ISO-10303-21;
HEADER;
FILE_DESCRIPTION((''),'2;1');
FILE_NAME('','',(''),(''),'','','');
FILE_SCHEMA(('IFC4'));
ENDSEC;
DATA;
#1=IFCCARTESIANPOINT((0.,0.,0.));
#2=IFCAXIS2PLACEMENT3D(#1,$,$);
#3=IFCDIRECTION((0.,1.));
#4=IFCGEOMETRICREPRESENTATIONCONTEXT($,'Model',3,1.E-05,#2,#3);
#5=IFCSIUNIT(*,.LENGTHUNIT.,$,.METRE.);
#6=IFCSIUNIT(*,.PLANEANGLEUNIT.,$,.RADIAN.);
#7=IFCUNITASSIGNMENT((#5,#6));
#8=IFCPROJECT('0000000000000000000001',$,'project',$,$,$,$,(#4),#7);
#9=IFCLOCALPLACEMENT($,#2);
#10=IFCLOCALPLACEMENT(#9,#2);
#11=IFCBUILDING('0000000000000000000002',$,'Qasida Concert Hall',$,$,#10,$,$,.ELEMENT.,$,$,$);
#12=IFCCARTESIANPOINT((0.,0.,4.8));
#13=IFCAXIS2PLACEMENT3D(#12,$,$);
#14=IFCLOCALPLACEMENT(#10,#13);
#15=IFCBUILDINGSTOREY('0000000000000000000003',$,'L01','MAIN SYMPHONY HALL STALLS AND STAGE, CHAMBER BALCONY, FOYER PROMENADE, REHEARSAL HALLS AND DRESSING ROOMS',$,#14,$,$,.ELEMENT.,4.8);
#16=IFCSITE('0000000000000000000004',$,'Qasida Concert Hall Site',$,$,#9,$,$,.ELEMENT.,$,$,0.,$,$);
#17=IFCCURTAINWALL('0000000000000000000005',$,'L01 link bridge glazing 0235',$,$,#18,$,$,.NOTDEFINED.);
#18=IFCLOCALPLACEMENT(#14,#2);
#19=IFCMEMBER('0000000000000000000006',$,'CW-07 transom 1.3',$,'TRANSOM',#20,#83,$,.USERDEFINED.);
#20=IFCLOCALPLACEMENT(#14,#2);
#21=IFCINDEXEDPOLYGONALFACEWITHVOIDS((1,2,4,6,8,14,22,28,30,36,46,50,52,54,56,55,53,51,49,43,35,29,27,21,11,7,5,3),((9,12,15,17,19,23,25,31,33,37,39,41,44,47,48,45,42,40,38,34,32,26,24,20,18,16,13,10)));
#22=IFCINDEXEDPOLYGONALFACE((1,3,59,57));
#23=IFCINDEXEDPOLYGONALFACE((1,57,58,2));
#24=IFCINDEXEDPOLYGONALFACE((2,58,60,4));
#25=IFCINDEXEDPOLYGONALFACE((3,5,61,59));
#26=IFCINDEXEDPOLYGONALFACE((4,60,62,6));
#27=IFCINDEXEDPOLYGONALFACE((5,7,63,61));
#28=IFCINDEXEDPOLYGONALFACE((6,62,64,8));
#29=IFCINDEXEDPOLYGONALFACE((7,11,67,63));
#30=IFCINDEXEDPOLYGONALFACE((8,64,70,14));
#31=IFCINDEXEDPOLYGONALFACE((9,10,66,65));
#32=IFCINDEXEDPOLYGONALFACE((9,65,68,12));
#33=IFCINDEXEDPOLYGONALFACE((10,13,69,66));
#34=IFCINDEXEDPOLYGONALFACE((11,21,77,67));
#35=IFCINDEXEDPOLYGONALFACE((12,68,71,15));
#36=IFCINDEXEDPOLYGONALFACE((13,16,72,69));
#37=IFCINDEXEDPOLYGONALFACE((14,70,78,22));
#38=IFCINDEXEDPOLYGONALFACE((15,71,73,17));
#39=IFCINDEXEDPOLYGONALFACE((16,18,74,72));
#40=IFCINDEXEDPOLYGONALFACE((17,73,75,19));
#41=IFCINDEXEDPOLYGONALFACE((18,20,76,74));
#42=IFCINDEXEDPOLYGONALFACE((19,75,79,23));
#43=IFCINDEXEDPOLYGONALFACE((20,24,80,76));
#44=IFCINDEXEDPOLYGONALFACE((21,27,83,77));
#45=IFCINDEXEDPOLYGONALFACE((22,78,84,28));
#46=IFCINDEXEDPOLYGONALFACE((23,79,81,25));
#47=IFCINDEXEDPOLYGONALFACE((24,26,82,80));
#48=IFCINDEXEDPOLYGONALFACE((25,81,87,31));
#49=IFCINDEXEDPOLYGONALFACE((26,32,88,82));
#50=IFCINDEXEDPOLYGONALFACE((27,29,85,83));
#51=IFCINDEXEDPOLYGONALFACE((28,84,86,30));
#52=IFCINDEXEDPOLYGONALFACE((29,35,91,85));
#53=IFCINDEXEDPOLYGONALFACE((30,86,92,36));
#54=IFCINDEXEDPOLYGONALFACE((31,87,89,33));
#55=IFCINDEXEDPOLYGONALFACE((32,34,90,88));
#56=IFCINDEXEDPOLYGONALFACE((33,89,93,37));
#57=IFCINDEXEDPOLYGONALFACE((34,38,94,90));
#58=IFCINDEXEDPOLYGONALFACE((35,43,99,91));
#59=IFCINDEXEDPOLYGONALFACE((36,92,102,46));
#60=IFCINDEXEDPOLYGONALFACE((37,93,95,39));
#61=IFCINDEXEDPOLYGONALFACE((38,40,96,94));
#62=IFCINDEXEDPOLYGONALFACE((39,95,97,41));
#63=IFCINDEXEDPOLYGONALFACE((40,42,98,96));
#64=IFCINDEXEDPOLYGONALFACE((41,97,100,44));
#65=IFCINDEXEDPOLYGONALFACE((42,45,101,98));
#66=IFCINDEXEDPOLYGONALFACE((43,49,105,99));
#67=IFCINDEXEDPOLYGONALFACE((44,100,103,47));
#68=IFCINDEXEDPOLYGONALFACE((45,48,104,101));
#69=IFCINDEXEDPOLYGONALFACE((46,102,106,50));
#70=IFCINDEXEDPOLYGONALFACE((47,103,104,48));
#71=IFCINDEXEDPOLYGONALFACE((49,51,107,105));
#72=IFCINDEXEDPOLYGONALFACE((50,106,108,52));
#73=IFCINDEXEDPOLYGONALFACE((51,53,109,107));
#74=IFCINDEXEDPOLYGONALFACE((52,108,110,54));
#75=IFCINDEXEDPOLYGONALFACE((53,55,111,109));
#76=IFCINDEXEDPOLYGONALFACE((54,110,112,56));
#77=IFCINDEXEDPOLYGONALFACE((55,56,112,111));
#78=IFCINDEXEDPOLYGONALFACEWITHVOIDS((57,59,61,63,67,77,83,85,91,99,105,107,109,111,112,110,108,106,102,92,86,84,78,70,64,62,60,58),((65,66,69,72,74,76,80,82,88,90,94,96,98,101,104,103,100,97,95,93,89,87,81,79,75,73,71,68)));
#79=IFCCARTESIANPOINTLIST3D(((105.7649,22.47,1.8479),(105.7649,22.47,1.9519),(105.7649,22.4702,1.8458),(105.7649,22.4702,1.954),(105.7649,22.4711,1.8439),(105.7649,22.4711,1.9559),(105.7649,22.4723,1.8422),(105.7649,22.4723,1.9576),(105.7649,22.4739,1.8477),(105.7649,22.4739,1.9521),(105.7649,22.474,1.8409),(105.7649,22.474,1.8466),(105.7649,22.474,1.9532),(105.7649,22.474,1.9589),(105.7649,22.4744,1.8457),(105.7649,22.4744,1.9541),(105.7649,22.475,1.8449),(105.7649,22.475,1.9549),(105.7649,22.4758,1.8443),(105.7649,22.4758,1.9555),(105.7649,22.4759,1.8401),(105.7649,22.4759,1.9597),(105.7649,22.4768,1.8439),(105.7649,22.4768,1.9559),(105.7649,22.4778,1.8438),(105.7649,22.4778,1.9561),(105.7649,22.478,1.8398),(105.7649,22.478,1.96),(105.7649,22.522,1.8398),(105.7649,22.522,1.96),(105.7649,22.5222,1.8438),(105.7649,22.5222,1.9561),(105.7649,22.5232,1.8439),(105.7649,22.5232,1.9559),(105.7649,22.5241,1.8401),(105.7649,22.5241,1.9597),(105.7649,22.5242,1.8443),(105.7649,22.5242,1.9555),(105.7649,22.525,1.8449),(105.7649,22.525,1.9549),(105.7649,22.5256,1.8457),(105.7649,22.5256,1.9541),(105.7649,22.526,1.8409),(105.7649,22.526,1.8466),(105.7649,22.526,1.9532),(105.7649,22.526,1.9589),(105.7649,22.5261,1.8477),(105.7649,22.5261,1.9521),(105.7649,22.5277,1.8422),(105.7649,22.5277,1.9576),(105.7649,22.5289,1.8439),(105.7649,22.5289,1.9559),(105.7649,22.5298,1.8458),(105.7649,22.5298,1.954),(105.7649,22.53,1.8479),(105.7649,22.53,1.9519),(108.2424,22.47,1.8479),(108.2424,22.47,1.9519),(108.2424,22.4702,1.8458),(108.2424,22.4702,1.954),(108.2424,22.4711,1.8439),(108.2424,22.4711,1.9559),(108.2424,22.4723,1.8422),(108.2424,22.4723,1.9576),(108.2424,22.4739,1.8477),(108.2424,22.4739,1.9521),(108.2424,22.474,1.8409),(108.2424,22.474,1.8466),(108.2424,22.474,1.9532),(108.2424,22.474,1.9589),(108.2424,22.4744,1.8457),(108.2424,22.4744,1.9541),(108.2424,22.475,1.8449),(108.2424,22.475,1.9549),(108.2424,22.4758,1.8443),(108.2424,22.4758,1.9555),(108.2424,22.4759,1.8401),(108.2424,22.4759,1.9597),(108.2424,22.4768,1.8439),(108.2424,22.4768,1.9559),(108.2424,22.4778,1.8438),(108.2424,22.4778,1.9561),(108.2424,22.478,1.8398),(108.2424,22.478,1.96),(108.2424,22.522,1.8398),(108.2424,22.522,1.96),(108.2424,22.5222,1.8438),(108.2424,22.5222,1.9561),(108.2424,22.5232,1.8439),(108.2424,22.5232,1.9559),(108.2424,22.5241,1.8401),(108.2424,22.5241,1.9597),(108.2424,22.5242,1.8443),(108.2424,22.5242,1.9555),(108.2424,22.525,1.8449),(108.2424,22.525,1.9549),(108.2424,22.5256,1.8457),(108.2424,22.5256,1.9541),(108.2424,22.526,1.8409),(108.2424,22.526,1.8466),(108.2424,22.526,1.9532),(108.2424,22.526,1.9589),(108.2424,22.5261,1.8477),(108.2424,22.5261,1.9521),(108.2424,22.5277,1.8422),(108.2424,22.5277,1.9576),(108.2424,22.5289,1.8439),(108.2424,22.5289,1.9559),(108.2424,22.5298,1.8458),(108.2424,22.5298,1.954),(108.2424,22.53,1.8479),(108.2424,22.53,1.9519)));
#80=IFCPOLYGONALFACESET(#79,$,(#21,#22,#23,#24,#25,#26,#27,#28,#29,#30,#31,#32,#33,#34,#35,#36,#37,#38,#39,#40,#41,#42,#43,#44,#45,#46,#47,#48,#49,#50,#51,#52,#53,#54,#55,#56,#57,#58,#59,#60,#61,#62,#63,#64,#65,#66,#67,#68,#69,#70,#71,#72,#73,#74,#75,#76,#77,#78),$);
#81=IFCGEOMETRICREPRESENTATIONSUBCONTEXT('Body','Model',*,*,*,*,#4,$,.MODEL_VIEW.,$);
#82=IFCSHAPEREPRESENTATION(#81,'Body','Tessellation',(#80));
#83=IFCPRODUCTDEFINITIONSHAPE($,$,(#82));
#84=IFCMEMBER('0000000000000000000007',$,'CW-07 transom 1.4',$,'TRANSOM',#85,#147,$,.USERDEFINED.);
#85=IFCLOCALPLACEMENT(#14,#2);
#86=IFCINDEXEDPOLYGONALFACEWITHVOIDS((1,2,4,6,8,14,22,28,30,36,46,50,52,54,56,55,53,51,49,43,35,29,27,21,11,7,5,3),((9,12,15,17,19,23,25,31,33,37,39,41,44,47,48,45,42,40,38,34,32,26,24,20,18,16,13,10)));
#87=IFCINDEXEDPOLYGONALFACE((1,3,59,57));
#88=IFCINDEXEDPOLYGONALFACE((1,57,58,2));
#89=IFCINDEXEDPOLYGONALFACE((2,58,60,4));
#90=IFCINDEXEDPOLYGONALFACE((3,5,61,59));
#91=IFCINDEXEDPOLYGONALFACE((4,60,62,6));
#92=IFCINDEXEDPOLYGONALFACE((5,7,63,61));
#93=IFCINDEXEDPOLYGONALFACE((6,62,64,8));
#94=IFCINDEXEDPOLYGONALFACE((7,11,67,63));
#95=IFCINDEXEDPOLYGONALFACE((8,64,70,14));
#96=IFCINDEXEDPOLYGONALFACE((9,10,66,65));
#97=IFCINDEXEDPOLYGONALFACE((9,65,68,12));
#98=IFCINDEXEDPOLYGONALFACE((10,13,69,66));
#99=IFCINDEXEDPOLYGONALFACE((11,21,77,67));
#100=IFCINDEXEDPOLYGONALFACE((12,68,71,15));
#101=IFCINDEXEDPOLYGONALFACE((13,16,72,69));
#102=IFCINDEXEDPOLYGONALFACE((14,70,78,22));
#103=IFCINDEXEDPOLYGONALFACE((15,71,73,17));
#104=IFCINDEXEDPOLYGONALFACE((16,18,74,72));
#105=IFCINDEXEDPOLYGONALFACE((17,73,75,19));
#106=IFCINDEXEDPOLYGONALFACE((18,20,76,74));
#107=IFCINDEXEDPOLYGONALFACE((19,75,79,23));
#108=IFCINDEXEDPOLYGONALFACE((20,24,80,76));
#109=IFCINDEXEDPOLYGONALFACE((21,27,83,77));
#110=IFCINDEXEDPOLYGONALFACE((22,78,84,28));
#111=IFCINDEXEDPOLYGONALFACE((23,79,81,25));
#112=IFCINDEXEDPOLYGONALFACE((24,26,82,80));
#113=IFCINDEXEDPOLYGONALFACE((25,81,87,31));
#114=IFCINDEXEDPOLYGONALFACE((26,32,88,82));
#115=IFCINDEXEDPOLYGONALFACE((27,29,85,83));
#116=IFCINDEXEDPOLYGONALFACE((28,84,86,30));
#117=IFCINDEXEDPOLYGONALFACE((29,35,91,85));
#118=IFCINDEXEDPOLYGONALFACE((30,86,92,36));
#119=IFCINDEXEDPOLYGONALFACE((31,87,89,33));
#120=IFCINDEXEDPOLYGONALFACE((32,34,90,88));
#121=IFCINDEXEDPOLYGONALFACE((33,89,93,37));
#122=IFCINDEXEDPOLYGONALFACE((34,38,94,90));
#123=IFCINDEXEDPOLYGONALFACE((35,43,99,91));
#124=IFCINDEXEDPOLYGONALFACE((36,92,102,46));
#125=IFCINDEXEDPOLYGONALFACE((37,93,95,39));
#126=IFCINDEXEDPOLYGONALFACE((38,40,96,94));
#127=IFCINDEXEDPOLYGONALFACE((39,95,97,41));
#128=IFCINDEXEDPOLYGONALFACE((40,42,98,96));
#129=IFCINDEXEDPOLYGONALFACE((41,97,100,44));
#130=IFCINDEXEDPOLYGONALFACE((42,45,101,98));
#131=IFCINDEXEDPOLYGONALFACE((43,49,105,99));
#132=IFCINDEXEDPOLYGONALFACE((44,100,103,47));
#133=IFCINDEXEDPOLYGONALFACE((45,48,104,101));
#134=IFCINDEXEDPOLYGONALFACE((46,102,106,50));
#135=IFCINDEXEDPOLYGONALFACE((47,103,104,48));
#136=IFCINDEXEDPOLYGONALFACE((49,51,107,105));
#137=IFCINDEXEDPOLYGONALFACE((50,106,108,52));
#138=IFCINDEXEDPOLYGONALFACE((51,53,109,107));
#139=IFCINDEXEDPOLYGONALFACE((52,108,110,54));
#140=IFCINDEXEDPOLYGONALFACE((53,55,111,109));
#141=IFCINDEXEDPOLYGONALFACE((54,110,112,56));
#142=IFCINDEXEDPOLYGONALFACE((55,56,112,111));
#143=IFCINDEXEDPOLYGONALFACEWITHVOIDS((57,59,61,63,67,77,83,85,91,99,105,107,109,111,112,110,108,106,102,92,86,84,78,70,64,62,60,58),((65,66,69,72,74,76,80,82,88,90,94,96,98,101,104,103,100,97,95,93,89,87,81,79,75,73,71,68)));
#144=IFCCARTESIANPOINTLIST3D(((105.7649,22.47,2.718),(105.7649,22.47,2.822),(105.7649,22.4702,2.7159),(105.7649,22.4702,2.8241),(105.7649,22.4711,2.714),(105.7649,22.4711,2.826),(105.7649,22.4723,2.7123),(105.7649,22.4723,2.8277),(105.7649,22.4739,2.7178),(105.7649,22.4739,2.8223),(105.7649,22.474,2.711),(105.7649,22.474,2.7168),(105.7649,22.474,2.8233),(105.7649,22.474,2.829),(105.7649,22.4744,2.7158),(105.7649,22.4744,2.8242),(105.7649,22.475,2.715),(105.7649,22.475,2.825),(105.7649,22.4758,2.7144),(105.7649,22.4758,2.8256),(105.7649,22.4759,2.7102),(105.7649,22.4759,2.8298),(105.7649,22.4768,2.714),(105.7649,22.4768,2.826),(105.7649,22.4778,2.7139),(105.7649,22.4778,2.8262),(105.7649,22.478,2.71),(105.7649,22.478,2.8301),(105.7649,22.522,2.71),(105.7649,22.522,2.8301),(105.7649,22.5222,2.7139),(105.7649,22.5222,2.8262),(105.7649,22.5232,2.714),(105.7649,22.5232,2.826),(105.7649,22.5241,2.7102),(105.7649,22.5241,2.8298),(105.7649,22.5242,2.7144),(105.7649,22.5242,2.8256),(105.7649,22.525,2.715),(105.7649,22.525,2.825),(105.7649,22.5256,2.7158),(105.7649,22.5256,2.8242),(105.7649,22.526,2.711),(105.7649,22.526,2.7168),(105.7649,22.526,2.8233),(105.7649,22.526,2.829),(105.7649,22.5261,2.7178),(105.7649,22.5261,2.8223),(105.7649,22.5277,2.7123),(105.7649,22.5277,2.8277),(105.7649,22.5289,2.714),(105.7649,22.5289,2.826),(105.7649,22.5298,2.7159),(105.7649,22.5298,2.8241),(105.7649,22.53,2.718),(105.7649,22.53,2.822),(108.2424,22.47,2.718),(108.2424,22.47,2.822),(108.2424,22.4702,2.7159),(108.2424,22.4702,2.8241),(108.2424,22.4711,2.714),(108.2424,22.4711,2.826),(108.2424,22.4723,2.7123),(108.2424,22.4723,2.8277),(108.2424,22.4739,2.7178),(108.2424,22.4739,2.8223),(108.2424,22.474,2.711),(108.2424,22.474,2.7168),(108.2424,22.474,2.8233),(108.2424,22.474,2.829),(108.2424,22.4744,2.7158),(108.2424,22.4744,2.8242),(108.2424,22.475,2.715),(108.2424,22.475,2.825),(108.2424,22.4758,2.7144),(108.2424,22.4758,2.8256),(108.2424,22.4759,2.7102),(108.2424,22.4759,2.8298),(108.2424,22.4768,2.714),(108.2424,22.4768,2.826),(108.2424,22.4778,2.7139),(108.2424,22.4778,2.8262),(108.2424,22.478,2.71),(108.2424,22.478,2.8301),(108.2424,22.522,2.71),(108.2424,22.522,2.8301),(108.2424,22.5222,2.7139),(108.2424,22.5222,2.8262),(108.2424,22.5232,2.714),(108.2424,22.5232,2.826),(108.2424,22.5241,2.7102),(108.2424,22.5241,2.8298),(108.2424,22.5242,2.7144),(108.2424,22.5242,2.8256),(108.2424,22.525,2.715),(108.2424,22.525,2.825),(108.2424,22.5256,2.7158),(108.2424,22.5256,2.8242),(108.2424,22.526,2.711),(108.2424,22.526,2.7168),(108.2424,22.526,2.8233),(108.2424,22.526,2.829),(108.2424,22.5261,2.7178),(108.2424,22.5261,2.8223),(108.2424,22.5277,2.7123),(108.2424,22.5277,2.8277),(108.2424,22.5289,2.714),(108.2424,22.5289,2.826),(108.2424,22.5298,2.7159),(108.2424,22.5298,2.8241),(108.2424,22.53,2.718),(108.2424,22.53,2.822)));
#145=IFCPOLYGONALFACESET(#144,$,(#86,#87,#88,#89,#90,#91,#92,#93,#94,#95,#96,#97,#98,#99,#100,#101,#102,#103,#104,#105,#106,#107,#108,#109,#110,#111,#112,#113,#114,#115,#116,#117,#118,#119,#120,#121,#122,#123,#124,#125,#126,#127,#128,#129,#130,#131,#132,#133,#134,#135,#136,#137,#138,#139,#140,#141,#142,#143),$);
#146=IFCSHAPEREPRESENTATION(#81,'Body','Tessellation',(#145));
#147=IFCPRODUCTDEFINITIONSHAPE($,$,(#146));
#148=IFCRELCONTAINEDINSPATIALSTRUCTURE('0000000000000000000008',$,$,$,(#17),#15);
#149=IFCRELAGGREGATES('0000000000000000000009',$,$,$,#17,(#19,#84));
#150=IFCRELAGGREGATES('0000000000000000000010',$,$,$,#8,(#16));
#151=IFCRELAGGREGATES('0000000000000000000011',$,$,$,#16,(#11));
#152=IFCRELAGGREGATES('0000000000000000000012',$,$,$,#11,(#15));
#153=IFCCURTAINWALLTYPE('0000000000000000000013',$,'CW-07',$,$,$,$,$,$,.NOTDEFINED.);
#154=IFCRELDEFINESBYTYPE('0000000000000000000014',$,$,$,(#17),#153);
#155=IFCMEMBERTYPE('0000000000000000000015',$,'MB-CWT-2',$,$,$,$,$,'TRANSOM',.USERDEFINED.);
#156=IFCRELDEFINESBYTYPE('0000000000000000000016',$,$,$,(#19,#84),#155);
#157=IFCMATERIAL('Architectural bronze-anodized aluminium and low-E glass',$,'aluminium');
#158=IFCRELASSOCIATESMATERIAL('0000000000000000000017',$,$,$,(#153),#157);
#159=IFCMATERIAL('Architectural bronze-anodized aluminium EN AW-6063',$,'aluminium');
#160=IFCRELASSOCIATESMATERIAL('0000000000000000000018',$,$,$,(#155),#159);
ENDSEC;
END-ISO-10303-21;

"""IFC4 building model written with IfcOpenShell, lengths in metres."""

from ifc_helpers import new_model, si_unit, direction, frame, origin, origin_2d, place, context, subcontext, project, spatial, hollow_rectangle, extrude, material, material_profile, profile_set, type_object, element, aggregate, save


model = new_model("IFC4")

# Units and contexts
model_context = context("Model", 3, precision=1e-05, world=origin(), true_north=direction((0.0, 1.0)))
body_context = subcontext(model_context, "Body", "Model", "MODEL_VIEW")
ifc_project = project(units=[si_unit("LENGTHUNIT", "METRE"), si_unit("PLANEANGLEUNIT", "RADIAN")], contexts=[model_context])

# Site, building, storey
site_placement = place(None, origin())
site = spatial("IfcSite", under=ifc_project, at=site_placement, Name="Qasida Concert Hall Site", CompositionType="ELEMENT", RefElevation=0.0)
building_placement = place(site_placement, origin())
building = spatial("IfcBuilding", under=site, at=building_placement, Name="Qasida Concert Hall", CompositionType="ELEMENT")
storey_placement = place(building_placement, frame((0.0, 0.0, 4.8)))
storey = spatial("IfcBuildingStorey", under=building, at=storey_placement, Name="L01", Description="MAIN SYMPHONY HALL STALLS AND STAGE, CHAMBER BALCONY, FOYER PROMENADE, REHEARSAL HALLS AND DRESSING ROOMS", CompositionType="ELEMENT", Elevation=4.8)

# Curtain wall
ifc_material_1 = material(Name="Architectural bronze-anodized aluminium and low-E glass", Category="aluminium")
curtain_wall_type = type_object("IfcCurtainWallType", Name="CW-07", PredefinedType="NOTDEFINED", material=ifc_material_1)
ifc_material_2 = material(Name="Architectural bronze-anodized aluminium EN AW-6063", Category="aluminium")
curtain_wall_1_placement = place(storey_placement, origin())
curtain_wall_1 = element("IfcCurtainWall", 1, at=curtain_wall_1_placement, inside=storey, type_object=curtain_wall_type, Name="L01 link bridge glazing 0235", PredefinedType="NOTDEFINED")

# Members
ifc_material_profile_1 = material_profile(ifc_material_2, hollow_rectangle(XDim=0.0601, YDim=0.1201, WallThickness=0.0039, InnerFilletRadius=0.0039, OuterFilletRadius=0.0081, at=origin_2d()), Name="CWT 120x60x4")
ifc_profile_set_1 = profile_set([ifc_material_profile_1], Name="Architectural bronze-anodized aluminium EN AW-6063")
member_type_1 = type_object("IfcMemberType", Name="MB-CWT-2", ElementType="TRANSOM", PredefinedType="USERDEFINED", material=ifc_profile_set_1)
member_1_placement = place(storey_placement, frame((105.7649, 22.5, 1.8999), z_axis=(1.0, 0.0, 0.0), x_axis=(0.0, 1.0, 0.0)))
member_1 = element("IfcMember", 2, at=member_1_placement, type_object=member_type_1, Name="CW-07 transom 1.3", ObjectType="TRANSOM", PredefinedType="USERDEFINED", context=body_context, shape_type="SweptSolid", body=[
    extrude(hollow_rectangle(XDim=0.0601, YDim=0.1201, WallThickness=0.0039, InnerFilletRadius=0.0039, OuterFilletRadius=0.0081, at=origin_2d()), origin(), (0.0, 0.0, 1.0), 2.4775),
])
member_2_placement = place(storey_placement, frame((105.7649, 22.5, 2.77), z_axis=(1.0, 0.0, 0.0), x_axis=(0.0, 1.0, 0.0)))
member_2 = element("IfcMember", 3, at=member_2_placement, type_object=member_type_1, Name="CW-07 transom 1.4", ObjectType="TRANSOM", PredefinedType="USERDEFINED", context=body_context, shape_type="SweptSolid", body=[
    extrude(hollow_rectangle(XDim=0.0601, YDim=0.1201, WallThickness=0.0039, InnerFilletRadius=0.0039, OuterFilletRadius=0.0081, at=origin_2d()), origin(), (0.0, 0.0, 1.0), 2.4775),
])

aggregate(curtain_wall_1, [member_1, member_2])

save(model, "model.ifc")
